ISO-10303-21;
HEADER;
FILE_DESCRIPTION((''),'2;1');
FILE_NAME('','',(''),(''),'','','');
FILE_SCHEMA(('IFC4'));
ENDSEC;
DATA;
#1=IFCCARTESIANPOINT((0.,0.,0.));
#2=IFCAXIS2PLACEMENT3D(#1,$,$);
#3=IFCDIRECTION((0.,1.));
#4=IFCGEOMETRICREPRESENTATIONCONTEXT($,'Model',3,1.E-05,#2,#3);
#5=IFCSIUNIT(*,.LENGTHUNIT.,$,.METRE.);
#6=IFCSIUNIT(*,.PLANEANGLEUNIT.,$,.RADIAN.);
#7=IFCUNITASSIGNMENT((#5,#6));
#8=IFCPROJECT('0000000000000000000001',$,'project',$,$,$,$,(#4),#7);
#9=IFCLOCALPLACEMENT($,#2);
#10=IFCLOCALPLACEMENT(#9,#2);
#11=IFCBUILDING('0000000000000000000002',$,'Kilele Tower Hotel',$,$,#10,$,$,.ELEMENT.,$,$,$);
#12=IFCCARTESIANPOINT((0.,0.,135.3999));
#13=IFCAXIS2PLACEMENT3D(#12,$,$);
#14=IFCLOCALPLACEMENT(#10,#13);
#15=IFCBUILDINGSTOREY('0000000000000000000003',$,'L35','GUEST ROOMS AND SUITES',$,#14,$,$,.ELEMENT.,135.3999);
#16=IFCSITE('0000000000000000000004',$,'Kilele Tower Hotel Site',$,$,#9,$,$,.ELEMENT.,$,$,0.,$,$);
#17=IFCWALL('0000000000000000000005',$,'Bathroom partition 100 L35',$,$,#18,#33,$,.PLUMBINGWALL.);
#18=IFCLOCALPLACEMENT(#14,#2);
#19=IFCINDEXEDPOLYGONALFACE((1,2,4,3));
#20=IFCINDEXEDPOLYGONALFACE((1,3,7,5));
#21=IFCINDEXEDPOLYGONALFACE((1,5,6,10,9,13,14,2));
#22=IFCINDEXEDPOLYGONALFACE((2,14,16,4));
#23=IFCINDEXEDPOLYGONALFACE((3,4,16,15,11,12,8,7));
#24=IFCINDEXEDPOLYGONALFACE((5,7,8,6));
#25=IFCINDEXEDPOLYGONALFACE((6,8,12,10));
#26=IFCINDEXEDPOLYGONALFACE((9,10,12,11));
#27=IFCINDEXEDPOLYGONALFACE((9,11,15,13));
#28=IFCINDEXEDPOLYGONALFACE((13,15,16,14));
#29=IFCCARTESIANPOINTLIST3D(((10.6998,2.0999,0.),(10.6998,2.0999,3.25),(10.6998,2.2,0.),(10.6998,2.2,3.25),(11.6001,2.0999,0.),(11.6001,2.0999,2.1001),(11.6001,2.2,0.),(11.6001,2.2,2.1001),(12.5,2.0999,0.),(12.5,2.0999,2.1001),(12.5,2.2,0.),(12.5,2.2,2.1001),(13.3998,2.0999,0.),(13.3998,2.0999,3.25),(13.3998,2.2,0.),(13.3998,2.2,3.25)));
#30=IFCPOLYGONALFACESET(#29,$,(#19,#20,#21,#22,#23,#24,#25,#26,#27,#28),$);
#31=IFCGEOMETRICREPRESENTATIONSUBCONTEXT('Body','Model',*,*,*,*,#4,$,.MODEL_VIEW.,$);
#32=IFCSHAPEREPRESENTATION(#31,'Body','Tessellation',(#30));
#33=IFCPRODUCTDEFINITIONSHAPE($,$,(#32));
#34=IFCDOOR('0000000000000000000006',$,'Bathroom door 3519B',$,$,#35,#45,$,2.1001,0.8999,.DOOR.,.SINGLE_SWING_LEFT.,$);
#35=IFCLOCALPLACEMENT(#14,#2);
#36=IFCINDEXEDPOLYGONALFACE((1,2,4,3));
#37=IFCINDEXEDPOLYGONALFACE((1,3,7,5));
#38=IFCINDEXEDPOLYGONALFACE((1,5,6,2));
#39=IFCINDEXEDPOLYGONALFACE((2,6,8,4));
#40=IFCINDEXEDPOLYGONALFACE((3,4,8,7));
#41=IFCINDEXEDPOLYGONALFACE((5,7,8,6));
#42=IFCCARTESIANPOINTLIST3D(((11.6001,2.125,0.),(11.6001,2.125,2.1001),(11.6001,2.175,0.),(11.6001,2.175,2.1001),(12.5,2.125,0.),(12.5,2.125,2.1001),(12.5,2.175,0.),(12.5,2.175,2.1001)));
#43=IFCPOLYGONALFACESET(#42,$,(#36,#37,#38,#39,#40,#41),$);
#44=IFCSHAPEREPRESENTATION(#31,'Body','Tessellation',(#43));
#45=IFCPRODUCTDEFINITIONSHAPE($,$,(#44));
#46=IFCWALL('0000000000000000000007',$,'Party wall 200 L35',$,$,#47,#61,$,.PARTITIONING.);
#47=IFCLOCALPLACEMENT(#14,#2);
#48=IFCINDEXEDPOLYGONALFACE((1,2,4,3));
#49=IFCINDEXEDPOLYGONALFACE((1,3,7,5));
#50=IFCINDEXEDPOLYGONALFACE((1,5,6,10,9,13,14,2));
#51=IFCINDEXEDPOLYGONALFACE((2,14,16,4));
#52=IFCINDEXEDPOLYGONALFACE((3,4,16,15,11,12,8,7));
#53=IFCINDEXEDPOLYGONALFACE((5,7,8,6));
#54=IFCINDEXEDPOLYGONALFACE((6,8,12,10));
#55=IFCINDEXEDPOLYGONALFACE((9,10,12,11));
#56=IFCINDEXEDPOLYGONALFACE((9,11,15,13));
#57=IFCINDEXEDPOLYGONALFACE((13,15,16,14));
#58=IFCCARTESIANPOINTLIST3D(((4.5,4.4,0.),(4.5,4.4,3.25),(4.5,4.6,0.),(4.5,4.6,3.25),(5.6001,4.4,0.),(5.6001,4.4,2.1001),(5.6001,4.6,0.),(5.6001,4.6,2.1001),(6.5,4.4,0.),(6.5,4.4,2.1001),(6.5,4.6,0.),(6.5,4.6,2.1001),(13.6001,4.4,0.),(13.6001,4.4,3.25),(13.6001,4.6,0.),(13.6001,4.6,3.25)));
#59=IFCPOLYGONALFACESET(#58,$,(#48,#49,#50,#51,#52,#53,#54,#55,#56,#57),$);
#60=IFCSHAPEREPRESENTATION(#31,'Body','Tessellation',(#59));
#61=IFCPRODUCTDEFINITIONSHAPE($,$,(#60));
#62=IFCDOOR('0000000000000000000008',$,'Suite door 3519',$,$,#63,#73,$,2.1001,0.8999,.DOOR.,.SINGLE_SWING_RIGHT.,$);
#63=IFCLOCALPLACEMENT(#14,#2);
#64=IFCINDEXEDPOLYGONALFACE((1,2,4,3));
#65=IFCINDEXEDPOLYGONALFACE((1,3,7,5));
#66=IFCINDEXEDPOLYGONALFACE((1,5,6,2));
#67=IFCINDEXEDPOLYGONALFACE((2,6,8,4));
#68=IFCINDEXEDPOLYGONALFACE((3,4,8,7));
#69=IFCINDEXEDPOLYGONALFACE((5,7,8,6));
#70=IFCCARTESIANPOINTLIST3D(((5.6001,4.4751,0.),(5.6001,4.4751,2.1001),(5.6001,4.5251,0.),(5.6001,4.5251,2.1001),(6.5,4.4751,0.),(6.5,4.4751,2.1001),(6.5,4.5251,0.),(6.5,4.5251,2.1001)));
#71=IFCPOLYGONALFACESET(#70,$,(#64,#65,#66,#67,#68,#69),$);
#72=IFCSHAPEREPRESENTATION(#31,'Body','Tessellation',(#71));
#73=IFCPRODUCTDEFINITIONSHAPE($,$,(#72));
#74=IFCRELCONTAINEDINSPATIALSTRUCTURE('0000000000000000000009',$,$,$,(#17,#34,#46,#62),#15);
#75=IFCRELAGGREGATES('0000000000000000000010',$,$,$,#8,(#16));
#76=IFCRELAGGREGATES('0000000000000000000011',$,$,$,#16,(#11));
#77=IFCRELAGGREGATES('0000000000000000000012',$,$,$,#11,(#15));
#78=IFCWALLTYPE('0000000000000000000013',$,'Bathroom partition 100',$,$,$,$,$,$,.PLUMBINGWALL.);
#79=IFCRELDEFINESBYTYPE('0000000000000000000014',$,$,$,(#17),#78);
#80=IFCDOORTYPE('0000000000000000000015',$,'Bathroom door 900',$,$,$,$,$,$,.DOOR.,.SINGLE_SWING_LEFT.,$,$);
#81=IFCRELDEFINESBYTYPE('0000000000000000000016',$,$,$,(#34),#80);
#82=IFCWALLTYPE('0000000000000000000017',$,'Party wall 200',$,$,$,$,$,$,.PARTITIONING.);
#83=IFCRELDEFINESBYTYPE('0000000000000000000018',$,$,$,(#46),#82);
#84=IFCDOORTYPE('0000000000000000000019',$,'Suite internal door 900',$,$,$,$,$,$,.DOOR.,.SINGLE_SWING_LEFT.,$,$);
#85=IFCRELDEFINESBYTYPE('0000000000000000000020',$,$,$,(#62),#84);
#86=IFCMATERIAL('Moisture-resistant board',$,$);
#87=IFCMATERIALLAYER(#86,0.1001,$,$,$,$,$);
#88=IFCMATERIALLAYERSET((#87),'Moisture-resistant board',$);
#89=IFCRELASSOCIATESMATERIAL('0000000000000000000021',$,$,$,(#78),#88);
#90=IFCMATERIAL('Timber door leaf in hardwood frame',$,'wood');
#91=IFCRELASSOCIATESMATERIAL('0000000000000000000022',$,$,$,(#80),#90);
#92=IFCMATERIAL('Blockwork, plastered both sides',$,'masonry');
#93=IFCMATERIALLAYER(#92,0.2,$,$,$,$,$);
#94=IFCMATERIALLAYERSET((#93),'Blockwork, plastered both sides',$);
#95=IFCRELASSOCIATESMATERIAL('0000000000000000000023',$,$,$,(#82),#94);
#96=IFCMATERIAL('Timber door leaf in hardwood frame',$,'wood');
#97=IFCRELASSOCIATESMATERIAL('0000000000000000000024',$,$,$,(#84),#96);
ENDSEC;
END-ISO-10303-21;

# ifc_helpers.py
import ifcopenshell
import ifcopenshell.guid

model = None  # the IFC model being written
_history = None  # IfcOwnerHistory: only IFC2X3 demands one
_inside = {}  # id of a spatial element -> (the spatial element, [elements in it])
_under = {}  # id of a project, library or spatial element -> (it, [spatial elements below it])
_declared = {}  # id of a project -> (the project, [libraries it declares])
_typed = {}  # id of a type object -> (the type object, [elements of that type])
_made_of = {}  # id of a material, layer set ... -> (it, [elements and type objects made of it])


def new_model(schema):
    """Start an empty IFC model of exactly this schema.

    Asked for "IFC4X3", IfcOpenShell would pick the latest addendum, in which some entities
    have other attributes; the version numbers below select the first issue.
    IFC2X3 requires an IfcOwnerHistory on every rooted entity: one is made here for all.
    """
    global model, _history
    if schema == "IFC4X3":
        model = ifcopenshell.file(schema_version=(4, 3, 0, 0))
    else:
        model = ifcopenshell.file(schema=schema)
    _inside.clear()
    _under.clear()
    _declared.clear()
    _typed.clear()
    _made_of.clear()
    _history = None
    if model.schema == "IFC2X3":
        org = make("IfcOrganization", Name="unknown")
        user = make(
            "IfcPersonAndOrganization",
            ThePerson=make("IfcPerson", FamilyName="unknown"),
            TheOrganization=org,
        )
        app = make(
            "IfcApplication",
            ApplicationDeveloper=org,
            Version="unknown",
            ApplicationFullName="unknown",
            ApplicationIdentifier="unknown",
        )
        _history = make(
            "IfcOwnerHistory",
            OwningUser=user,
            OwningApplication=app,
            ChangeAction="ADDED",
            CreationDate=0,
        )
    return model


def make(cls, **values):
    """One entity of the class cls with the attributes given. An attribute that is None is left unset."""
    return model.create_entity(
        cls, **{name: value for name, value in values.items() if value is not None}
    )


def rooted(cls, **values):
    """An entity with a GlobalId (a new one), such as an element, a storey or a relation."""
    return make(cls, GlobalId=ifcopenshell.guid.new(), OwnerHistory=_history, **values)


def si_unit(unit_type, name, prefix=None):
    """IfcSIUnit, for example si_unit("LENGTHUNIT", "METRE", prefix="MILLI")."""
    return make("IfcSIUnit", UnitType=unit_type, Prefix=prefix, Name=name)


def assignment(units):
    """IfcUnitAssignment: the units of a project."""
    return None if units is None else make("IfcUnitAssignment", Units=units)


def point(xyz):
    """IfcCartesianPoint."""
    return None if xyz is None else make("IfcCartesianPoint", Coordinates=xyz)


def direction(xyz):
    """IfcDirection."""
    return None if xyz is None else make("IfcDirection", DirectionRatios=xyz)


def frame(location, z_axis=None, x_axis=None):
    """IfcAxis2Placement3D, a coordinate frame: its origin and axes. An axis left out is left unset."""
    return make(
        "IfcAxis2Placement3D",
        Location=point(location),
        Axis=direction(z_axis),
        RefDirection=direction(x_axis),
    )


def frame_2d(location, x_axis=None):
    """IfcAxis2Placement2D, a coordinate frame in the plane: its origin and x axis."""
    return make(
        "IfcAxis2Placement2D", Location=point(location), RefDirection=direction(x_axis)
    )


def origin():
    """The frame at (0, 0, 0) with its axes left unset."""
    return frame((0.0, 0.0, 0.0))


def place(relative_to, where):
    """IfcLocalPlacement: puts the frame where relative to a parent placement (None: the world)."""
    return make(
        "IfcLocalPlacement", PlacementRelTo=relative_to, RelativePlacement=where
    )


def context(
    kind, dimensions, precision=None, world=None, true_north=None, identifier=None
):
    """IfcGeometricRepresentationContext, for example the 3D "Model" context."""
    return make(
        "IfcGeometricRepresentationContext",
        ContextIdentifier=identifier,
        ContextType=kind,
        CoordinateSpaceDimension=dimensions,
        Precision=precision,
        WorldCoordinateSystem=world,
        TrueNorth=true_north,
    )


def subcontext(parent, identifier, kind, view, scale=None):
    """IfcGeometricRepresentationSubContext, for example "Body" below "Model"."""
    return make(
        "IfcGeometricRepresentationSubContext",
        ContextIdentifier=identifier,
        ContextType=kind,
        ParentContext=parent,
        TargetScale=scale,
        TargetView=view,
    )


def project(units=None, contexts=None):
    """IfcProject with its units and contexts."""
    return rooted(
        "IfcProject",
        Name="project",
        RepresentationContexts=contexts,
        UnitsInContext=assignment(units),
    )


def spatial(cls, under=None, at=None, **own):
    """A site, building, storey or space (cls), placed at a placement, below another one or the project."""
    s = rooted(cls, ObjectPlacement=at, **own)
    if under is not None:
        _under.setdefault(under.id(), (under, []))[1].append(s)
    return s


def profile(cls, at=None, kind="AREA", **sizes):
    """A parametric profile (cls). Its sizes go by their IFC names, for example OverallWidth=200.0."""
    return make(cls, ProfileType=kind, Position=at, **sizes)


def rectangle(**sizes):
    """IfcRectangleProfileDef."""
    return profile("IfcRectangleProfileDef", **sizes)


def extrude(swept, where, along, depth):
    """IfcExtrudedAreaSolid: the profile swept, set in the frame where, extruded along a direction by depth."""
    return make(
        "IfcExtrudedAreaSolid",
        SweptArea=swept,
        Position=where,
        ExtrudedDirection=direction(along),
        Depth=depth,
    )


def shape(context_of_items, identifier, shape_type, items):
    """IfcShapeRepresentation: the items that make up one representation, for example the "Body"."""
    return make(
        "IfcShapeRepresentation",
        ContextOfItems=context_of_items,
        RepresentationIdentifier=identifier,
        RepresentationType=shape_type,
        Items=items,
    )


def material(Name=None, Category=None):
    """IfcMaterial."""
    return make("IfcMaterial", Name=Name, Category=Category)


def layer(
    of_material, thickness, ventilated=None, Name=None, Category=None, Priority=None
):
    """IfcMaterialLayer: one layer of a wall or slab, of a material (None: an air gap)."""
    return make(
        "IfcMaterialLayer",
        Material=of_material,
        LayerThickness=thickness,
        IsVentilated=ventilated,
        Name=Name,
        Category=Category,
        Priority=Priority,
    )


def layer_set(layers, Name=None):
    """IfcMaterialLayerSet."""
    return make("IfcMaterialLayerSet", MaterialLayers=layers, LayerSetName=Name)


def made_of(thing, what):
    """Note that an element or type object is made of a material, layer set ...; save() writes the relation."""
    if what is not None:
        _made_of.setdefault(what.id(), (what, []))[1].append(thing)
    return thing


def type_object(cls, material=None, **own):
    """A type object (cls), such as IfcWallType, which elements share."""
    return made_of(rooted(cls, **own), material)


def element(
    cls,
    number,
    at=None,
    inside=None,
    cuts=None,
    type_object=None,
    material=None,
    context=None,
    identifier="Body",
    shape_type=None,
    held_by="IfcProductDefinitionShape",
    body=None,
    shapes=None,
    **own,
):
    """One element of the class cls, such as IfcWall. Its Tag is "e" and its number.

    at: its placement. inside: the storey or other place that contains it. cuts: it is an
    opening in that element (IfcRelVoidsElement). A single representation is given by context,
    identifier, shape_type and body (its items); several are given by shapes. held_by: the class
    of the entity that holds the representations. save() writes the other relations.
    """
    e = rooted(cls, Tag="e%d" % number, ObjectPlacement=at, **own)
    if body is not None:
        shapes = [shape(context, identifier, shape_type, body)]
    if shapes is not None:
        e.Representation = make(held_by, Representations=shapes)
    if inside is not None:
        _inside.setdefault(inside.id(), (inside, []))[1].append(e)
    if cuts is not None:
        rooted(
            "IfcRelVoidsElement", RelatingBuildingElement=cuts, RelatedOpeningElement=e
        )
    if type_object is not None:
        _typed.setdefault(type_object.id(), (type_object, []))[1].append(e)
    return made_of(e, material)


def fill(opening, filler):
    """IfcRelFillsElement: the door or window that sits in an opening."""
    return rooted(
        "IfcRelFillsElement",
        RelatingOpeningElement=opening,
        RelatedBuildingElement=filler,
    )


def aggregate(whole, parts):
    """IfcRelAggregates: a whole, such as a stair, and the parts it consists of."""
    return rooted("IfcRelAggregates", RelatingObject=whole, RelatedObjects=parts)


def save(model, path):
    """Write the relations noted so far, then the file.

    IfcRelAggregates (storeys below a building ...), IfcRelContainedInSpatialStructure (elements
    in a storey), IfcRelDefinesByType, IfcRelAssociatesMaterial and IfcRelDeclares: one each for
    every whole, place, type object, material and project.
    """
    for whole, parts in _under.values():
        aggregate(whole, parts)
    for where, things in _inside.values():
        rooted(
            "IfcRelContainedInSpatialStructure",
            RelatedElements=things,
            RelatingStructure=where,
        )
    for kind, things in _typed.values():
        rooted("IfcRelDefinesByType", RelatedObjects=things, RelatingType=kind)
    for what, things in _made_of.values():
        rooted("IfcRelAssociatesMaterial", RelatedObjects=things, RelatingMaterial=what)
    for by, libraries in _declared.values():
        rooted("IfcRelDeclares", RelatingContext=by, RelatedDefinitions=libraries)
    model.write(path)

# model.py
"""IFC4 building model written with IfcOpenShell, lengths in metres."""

from ifc_helpers import new_model, si_unit, direction, frame, frame_2d, origin, place, context, subcontext, project, spatial, rectangle, extrude, material, layer, layer_set, type_object, element, fill, save


model = new_model("IFC4")

# Units and contexts
model_context = context("Model", 3, precision=1e-05, world=origin(), true_north=direction((0.0, 1.0)))
body_context = subcontext(model_context, "Body", "Model", "MODEL_VIEW")
ifc_project = project(units=[si_unit("LENGTHUNIT", "METRE"), si_unit("PLANEANGLEUNIT", "RADIAN")], contexts=[model_context])

# Site, building, storey
site_placement = place(None, origin())
site = spatial("IfcSite", under=ifc_project, at=site_placement, Name="Kilele Tower Hotel Site", CompositionType="ELEMENT", RefElevation=0.0)
building_placement = place(site_placement, origin())
building = spatial("IfcBuilding", under=site, at=building_placement, Name="Kilele Tower Hotel", CompositionType="ELEMENT")
storey_placement = place(building_placement, frame((0.0, 0.0, 135.3999)))
storey = spatial("IfcBuildingStorey", under=building, at=storey_placement, Name="L35", Description="GUEST ROOMS AND SUITES", CompositionType="ELEMENT", Elevation=135.3999)

# Shared definitions
ifc_material_1 = material(Name="Moisture-resistant board")
ifc_layer_1 = layer(ifc_material_1, 0.1001)
ifc_layer_set_1 = layer_set([ifc_layer_1], Name="Moisture-resistant board")
wall_type_1 = type_object("IfcWallType", Name="Bathroom partition 100", PredefinedType="PLUMBINGWALL", material=ifc_layer_set_1)

# Walls, openings, doors
ifc_material_2 = material(Name="Timber door leaf in hardwood frame", Category="wood")
door_type_1 = type_object("IfcDoorType", Name="Bathroom door 900", OperationType="SINGLE_SWING_LEFT", PredefinedType="DOOR", material=ifc_material_2)
wall_1_placement = place(storey_placement, frame((13.3999, 2.1499, 0.0), z_axis=(0.0, 0.0, 1.0), x_axis=(-1.0, 0.0, 0.0)))
wall_1 = element("IfcWall", 1, at=wall_1_placement, inside=storey, type_object=wall_type_1, Name="Bathroom partition 100 L35", PredefinedType="PLUMBINGWALL", context=body_context, shape_type="SweptSolid", body=[
    extrude(rectangle(XDim=2.7, YDim=0.1001, at=frame_2d((1.3501, 0.0))), origin(), (0.0, 0.0, 1.0), 3.25),
])
opening_1_placement = place(wall_1_placement, frame((0.8999, 0.0, 0.0)))
opening_1 = element("IfcOpeningElement", 2, at=opening_1_placement, cuts=wall_1, PredefinedType="OPENING", context=body_context, shape_type="SweptSolid", body=[
    extrude(rectangle(XDim=0.8999, YDim=2.1001, at=frame_2d((0.45, 1.05))), frame((0.0, 0.0601, 0.0), z_axis=(0.0, -1.0, 0.0), x_axis=(1.0, 0.0, 0.0)), (0.0, 0.0, 1.0), 0.1201),
])
door_1_placement = place(opening_1_placement, origin())
door_1 = element("IfcDoor", 3, at=door_1_placement, inside=storey, type_object=door_type_1, Name="Bathroom door 3519B", OperationType="SINGLE_SWING_LEFT", OverallHeight=2.1001, OverallWidth=0.8999, PredefinedType="DOOR", context=body_context, shape_type="SweptSolid", body=[
    extrude(rectangle(XDim=0.8999, YDim=2.1001, at=frame_2d((0.45, 1.05))), frame((0.0, 0.0249, 0.0), z_axis=(0.0, -1.0, 0.0), x_axis=(1.0, 0.0, 0.0)), (0.0, 0.0, 1.0), 0.05),
])
fill(opening_1, door_1)
ifc_material_3 = material(Name="Blockwork, plastered both sides", Category="masonry")
ifc_layer_2 = layer(ifc_material_3, 0.2)
ifc_layer_set_2 = layer_set([ifc_layer_2], Name="Blockwork, plastered both sides")
wall_type_2 = type_object("IfcWallType", Name="Party wall 200", PredefinedType="PARTITIONING", material=ifc_layer_set_2)
wall_2_placement = place(storey_placement, frame((13.6001, 4.5, 0.0), z_axis=(0.0, 0.0, 1.0), x_axis=(-1.0, 0.0, 0.0)))
wall_2 = element("IfcWall", 4, at=wall_2_placement, inside=storey, type_object=wall_type_2, Name="Party wall 200 L35", PredefinedType="PARTITIONING", context=body_context, shape_type="SweptSolid", body=[
    extrude(rectangle(XDim=9.1001, YDim=0.2, at=frame_2d((4.55, 0.0))), origin(), (0.0, 0.0, 1.0), 3.25),
])
opening_2_placement = place(wall_2_placement, frame((7.1001, 0.0, 0.0)))
opening_2 = element("IfcOpeningElement", 5, at=opening_2_placement, cuts=wall_2, PredefinedType="OPENING", context=body_context, shape_type="SweptSolid", body=[
    extrude(rectangle(XDim=0.8999, YDim=2.1001, at=frame_2d((0.45, 1.05))), frame((0.0, 0.1099, 0.0), z_axis=(0.0, -1.0, 0.0), x_axis=(1.0, 0.0, 0.0)), (0.0, 0.0, 1.0), 0.22),
])
ifc_material_4 = material(Name="Timber door leaf in hardwood frame", Category="wood")
door_type_2 = type_object("IfcDoorType", Name="Suite internal door 900", OperationType="SINGLE_SWING_LEFT", PredefinedType="DOOR", material=ifc_material_4)
door_2_placement = place(opening_2_placement, origin())
door_2 = element("IfcDoor", 6, at=door_2_placement, inside=storey, type_object=door_type_2, Name="Suite door 3519", OperationType="SINGLE_SWING_RIGHT", OverallHeight=2.1001, OverallWidth=0.8999, PredefinedType="DOOR", context=body_context, shape_type="SweptSolid", body=[
    extrude(rectangle(XDim=0.8999, YDim=2.1001, at=frame_2d((0.45, 1.05))), frame((0.0, 0.0249, 0.0), z_axis=(0.0, -1.0, 0.0), x_axis=(1.0, 0.0, 0.0)), (0.0, 0.0, 1.0), 0.05),
])
fill(opening_2, door_2)

save(model, "model.ifc")
